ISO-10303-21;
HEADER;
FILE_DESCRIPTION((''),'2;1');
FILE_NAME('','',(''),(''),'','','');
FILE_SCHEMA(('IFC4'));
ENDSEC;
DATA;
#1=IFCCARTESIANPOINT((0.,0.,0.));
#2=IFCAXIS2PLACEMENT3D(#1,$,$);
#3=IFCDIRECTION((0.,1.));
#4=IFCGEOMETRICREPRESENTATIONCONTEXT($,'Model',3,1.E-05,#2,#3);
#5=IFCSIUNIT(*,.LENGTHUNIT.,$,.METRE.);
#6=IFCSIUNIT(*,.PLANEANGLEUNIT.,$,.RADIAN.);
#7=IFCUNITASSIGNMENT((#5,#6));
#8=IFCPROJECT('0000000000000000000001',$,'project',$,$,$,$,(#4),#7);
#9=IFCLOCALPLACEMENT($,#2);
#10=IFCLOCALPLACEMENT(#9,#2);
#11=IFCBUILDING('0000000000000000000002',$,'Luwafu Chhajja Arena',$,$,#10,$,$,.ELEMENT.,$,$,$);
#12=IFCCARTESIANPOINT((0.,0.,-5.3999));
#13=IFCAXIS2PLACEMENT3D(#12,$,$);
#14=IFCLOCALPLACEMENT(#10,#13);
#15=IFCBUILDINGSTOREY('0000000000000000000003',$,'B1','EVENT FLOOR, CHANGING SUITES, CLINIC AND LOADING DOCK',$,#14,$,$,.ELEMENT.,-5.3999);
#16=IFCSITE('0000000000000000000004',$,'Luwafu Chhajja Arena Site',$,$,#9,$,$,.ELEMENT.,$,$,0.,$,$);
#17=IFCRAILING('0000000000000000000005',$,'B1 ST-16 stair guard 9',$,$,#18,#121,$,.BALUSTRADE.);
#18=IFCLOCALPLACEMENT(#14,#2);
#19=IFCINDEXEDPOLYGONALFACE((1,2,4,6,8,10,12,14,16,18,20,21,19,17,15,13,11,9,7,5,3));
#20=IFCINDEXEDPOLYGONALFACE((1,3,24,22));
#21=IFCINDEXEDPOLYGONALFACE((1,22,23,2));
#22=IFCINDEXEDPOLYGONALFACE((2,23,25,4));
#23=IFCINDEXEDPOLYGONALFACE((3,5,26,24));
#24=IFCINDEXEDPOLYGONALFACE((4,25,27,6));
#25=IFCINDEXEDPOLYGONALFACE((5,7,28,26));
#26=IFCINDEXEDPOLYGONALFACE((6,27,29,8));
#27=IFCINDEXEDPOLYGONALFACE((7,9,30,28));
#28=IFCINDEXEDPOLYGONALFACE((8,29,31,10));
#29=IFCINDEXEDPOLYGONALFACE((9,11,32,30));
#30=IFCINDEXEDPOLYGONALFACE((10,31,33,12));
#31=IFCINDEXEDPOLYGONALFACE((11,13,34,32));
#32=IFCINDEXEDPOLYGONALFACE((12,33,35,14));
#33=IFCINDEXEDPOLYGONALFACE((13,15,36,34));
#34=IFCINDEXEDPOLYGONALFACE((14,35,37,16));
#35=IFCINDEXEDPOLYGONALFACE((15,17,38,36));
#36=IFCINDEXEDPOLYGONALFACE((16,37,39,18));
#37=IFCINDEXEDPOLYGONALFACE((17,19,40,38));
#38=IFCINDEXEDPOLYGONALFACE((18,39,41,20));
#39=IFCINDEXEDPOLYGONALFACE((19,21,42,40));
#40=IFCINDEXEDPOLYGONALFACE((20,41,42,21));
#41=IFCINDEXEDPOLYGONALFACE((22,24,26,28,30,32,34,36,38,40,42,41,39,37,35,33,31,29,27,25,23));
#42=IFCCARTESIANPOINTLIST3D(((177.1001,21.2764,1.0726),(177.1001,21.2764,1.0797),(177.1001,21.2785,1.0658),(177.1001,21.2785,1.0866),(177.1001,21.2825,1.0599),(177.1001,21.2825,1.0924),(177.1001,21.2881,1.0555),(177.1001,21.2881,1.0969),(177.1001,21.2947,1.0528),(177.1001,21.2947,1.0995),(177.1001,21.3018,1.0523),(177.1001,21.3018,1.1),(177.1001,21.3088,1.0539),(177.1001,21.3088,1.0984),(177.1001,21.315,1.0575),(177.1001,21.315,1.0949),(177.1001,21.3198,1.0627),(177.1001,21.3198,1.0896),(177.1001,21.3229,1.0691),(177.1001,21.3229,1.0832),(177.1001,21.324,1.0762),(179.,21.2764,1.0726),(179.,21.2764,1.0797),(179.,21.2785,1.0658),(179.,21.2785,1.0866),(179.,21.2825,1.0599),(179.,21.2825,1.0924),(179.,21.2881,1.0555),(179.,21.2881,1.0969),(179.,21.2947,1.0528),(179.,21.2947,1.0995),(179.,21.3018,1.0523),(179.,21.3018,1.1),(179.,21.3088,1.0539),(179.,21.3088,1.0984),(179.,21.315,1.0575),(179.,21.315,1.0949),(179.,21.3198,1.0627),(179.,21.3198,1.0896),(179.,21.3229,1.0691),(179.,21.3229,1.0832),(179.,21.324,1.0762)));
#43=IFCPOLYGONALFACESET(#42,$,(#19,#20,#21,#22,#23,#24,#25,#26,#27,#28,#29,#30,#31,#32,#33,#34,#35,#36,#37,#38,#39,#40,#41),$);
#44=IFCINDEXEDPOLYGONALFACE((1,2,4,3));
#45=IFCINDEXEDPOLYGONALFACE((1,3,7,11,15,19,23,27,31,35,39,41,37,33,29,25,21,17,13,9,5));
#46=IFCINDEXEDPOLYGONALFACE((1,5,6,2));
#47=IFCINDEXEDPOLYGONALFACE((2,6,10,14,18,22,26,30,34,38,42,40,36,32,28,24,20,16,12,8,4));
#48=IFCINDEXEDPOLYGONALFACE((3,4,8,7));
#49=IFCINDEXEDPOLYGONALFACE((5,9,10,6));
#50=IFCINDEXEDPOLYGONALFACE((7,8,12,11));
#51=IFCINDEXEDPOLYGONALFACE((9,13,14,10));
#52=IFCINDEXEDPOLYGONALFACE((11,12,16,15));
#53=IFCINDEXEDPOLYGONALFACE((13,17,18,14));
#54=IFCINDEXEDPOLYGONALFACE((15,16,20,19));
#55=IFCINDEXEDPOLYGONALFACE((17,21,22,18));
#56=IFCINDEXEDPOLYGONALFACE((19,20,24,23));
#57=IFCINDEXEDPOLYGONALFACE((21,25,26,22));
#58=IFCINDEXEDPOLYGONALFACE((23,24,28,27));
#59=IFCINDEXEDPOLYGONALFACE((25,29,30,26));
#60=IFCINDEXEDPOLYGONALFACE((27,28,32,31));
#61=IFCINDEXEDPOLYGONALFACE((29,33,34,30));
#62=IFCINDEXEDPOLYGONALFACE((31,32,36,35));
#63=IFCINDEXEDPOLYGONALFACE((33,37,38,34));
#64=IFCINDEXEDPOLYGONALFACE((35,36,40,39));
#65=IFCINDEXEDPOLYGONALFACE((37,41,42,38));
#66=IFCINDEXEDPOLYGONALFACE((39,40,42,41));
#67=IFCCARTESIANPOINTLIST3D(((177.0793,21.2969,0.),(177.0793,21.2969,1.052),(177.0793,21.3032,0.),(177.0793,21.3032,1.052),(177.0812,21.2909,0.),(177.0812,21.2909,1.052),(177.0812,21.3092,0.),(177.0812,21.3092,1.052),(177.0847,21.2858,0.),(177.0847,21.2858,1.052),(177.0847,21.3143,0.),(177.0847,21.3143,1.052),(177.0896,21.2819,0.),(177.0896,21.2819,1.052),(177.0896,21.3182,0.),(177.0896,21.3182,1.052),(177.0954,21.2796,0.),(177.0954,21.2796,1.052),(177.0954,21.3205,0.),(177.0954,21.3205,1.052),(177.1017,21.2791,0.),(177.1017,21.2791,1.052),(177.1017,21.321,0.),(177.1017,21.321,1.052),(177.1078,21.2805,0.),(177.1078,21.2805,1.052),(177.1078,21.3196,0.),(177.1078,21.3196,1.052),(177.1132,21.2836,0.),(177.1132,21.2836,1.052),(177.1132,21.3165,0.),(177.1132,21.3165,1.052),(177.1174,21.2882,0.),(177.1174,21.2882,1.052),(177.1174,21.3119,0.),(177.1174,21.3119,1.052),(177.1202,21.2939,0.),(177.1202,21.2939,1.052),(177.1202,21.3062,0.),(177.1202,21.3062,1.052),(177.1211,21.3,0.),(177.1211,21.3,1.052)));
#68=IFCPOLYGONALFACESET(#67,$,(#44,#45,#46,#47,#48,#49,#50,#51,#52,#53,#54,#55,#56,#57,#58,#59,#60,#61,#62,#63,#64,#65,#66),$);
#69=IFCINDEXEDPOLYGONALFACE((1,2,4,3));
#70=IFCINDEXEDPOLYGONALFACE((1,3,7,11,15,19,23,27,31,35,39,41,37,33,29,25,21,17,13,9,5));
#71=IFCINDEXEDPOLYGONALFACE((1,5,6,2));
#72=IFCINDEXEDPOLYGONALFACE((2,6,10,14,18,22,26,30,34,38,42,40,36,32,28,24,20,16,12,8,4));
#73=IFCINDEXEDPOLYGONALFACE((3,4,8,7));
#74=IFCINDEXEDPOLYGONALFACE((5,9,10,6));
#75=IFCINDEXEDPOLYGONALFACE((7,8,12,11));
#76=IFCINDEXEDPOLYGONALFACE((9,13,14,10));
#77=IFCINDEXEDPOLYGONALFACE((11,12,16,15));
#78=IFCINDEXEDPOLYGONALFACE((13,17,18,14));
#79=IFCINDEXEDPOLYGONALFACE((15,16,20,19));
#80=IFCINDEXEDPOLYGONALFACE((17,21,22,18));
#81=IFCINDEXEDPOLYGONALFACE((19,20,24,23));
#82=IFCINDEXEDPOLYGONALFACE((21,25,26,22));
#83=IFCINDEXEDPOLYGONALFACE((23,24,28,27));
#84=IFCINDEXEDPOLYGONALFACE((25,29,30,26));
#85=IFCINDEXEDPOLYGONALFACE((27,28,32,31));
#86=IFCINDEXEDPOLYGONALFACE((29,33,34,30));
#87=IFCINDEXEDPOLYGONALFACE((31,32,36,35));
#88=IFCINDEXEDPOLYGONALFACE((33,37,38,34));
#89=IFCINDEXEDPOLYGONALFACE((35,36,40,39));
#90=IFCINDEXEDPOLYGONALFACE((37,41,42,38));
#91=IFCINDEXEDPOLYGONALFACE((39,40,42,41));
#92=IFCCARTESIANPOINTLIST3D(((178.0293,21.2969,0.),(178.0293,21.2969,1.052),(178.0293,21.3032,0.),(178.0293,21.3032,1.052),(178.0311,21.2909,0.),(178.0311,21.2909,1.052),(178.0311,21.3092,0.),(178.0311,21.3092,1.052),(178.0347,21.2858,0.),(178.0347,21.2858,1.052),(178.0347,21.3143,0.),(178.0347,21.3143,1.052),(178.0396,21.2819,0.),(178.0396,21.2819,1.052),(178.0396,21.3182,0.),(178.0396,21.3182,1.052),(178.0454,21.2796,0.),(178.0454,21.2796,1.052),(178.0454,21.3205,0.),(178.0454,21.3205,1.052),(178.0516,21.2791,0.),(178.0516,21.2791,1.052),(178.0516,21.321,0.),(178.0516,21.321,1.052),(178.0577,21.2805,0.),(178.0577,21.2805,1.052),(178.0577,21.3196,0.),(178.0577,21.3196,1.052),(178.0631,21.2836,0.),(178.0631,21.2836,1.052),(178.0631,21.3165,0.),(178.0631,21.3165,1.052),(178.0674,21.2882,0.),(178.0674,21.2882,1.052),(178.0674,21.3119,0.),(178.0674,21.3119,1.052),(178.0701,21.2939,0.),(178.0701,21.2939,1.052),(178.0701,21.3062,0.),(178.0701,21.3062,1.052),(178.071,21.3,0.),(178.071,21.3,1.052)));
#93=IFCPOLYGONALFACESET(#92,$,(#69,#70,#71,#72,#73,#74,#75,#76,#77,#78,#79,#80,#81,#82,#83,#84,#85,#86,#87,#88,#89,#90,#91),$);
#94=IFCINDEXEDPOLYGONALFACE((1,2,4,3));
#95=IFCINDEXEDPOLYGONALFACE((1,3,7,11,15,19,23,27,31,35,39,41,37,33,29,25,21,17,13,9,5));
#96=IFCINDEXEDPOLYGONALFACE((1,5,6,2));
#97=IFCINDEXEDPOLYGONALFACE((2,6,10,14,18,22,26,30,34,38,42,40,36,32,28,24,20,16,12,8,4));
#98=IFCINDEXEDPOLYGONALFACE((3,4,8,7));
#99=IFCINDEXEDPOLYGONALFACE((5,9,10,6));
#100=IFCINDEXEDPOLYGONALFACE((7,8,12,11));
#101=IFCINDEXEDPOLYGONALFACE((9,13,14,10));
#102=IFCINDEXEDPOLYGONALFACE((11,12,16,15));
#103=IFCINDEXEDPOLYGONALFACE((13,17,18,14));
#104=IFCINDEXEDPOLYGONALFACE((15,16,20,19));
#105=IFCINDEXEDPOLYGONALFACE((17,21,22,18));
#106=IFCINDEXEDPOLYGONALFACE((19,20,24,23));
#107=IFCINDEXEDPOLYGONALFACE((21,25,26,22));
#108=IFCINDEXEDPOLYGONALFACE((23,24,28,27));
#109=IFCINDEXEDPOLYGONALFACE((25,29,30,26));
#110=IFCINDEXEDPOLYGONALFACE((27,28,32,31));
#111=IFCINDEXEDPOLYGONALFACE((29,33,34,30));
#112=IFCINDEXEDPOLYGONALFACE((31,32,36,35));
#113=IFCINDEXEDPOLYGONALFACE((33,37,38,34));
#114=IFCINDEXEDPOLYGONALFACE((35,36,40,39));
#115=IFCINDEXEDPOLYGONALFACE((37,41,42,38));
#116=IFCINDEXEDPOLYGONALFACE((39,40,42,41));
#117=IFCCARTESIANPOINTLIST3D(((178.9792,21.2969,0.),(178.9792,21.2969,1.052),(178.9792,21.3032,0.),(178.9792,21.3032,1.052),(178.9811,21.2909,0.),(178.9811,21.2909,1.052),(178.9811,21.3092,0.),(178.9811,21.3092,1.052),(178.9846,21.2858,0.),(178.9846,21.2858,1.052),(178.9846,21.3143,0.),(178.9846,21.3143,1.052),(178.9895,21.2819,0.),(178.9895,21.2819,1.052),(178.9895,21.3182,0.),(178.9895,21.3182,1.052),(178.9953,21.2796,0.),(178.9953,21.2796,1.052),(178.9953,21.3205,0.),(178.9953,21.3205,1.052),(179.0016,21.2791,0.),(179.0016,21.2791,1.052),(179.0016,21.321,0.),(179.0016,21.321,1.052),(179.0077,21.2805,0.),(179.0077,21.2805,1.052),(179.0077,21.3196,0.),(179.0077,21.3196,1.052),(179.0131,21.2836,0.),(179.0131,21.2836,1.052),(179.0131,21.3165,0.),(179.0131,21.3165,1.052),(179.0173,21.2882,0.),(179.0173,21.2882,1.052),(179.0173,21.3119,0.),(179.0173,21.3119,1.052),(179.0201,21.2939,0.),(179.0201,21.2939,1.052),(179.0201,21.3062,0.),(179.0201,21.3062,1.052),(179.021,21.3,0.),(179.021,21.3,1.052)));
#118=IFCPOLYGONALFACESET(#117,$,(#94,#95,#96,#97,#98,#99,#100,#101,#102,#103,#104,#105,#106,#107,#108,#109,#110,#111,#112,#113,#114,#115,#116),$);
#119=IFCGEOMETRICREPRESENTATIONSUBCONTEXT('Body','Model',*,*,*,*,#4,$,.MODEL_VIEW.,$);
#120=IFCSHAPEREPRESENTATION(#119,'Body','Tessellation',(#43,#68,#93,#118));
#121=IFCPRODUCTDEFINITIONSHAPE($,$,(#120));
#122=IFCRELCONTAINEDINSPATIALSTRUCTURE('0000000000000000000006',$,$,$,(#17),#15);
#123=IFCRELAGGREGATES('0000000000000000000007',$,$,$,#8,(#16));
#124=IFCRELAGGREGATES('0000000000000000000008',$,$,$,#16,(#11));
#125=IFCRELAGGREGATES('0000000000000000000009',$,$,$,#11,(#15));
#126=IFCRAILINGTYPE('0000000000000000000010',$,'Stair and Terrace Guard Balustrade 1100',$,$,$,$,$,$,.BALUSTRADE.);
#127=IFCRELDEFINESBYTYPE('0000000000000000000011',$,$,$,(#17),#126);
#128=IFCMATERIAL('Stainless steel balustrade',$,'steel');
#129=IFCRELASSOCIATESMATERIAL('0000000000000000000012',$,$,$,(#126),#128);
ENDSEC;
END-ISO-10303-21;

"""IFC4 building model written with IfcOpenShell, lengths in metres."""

from ifc_helpers import new_model, si_unit, direction, frame, origin, origin_2d, place, context, subcontext, project, spatial, circle, extrude, material, type_object, element, save


model = new_model("IFC4")

# Units and contexts
model_context = context("Model", 3, precision=1e-05, world=origin(), true_north=direction((0.0, 1.0)))
body_context = subcontext(model_context, "Body", "Model", "MODEL_VIEW")
ifc_project = project(units=[si_unit("LENGTHUNIT", "METRE"), si_unit("PLANEANGLEUNIT", "RADIAN")], contexts=[model_context])

# Site, building, storey
site_placement = place(None, origin())
site = spatial("IfcSite", under=ifc_project, at=site_placement, Name="Luwafu Chhajja Arena Site", CompositionType="ELEMENT", RefElevation=0.0)
building_placement = place(site_placement, origin())
building = spatial("IfcBuilding", under=site, at=building_placement, Name="Luwafu Chhajja Arena", CompositionType="ELEMENT")
storey_placement = place(building_placement, frame((0.0, 0.0, -5.3999)))
storey = spatial("IfcBuildingStorey", under=building, at=storey_placement, Name="B1", Description="EVENT FLOOR, CHANGING SUITES, CLINIC AND LOADING DOCK", CompositionType="ELEMENT", Elevation=-5.3999)

# Railing
ifc_material_1 = material(Name="Stainless steel balustrade", Category="steel")
railing_type_1 = type_object("IfcRailingType", Name="Stair and Terrace Guard Balustrade 1100", PredefinedType="BALUSTRADE", material=ifc_material_1)
for number, where, name in (
    (1, (177.1001, 21.3, 0.0), "B1 ST-16 stair guard 9"),
):
    element("IfcRailing", number, at=place(storey_placement, frame(where)), inside=storey, type_object=railing_type_1, Name=name, PredefinedType="BALUSTRADE", context=body_context, shape_type="SweptSolid", body=[
        extrude(circle(Radius=0.0239, at=origin_2d()), frame((0.0, 0.0, 1.0762), z_axis=(1.0, 0.0, 0.0), x_axis=(0.0, 1.0, 0.0)), (0.0, 0.0, 1.0), 1.8999),
        extrude(circle(Radius=0.021, at=origin_2d()), origin(), (0.0, 0.0, 1.0), 1.052),
        extrude(circle(Radius=0.021, at=origin_2d()), frame((0.95, 0.0, 0.0)), (0.0, 0.0, 1.0), 1.052),
        extrude(circle(Radius=0.021, at=origin_2d()), frame((1.8999, 0.0, 0.0)), (0.0, 0.0, 1.0), 1.052),
    ])

save(model, "model.ifc")
